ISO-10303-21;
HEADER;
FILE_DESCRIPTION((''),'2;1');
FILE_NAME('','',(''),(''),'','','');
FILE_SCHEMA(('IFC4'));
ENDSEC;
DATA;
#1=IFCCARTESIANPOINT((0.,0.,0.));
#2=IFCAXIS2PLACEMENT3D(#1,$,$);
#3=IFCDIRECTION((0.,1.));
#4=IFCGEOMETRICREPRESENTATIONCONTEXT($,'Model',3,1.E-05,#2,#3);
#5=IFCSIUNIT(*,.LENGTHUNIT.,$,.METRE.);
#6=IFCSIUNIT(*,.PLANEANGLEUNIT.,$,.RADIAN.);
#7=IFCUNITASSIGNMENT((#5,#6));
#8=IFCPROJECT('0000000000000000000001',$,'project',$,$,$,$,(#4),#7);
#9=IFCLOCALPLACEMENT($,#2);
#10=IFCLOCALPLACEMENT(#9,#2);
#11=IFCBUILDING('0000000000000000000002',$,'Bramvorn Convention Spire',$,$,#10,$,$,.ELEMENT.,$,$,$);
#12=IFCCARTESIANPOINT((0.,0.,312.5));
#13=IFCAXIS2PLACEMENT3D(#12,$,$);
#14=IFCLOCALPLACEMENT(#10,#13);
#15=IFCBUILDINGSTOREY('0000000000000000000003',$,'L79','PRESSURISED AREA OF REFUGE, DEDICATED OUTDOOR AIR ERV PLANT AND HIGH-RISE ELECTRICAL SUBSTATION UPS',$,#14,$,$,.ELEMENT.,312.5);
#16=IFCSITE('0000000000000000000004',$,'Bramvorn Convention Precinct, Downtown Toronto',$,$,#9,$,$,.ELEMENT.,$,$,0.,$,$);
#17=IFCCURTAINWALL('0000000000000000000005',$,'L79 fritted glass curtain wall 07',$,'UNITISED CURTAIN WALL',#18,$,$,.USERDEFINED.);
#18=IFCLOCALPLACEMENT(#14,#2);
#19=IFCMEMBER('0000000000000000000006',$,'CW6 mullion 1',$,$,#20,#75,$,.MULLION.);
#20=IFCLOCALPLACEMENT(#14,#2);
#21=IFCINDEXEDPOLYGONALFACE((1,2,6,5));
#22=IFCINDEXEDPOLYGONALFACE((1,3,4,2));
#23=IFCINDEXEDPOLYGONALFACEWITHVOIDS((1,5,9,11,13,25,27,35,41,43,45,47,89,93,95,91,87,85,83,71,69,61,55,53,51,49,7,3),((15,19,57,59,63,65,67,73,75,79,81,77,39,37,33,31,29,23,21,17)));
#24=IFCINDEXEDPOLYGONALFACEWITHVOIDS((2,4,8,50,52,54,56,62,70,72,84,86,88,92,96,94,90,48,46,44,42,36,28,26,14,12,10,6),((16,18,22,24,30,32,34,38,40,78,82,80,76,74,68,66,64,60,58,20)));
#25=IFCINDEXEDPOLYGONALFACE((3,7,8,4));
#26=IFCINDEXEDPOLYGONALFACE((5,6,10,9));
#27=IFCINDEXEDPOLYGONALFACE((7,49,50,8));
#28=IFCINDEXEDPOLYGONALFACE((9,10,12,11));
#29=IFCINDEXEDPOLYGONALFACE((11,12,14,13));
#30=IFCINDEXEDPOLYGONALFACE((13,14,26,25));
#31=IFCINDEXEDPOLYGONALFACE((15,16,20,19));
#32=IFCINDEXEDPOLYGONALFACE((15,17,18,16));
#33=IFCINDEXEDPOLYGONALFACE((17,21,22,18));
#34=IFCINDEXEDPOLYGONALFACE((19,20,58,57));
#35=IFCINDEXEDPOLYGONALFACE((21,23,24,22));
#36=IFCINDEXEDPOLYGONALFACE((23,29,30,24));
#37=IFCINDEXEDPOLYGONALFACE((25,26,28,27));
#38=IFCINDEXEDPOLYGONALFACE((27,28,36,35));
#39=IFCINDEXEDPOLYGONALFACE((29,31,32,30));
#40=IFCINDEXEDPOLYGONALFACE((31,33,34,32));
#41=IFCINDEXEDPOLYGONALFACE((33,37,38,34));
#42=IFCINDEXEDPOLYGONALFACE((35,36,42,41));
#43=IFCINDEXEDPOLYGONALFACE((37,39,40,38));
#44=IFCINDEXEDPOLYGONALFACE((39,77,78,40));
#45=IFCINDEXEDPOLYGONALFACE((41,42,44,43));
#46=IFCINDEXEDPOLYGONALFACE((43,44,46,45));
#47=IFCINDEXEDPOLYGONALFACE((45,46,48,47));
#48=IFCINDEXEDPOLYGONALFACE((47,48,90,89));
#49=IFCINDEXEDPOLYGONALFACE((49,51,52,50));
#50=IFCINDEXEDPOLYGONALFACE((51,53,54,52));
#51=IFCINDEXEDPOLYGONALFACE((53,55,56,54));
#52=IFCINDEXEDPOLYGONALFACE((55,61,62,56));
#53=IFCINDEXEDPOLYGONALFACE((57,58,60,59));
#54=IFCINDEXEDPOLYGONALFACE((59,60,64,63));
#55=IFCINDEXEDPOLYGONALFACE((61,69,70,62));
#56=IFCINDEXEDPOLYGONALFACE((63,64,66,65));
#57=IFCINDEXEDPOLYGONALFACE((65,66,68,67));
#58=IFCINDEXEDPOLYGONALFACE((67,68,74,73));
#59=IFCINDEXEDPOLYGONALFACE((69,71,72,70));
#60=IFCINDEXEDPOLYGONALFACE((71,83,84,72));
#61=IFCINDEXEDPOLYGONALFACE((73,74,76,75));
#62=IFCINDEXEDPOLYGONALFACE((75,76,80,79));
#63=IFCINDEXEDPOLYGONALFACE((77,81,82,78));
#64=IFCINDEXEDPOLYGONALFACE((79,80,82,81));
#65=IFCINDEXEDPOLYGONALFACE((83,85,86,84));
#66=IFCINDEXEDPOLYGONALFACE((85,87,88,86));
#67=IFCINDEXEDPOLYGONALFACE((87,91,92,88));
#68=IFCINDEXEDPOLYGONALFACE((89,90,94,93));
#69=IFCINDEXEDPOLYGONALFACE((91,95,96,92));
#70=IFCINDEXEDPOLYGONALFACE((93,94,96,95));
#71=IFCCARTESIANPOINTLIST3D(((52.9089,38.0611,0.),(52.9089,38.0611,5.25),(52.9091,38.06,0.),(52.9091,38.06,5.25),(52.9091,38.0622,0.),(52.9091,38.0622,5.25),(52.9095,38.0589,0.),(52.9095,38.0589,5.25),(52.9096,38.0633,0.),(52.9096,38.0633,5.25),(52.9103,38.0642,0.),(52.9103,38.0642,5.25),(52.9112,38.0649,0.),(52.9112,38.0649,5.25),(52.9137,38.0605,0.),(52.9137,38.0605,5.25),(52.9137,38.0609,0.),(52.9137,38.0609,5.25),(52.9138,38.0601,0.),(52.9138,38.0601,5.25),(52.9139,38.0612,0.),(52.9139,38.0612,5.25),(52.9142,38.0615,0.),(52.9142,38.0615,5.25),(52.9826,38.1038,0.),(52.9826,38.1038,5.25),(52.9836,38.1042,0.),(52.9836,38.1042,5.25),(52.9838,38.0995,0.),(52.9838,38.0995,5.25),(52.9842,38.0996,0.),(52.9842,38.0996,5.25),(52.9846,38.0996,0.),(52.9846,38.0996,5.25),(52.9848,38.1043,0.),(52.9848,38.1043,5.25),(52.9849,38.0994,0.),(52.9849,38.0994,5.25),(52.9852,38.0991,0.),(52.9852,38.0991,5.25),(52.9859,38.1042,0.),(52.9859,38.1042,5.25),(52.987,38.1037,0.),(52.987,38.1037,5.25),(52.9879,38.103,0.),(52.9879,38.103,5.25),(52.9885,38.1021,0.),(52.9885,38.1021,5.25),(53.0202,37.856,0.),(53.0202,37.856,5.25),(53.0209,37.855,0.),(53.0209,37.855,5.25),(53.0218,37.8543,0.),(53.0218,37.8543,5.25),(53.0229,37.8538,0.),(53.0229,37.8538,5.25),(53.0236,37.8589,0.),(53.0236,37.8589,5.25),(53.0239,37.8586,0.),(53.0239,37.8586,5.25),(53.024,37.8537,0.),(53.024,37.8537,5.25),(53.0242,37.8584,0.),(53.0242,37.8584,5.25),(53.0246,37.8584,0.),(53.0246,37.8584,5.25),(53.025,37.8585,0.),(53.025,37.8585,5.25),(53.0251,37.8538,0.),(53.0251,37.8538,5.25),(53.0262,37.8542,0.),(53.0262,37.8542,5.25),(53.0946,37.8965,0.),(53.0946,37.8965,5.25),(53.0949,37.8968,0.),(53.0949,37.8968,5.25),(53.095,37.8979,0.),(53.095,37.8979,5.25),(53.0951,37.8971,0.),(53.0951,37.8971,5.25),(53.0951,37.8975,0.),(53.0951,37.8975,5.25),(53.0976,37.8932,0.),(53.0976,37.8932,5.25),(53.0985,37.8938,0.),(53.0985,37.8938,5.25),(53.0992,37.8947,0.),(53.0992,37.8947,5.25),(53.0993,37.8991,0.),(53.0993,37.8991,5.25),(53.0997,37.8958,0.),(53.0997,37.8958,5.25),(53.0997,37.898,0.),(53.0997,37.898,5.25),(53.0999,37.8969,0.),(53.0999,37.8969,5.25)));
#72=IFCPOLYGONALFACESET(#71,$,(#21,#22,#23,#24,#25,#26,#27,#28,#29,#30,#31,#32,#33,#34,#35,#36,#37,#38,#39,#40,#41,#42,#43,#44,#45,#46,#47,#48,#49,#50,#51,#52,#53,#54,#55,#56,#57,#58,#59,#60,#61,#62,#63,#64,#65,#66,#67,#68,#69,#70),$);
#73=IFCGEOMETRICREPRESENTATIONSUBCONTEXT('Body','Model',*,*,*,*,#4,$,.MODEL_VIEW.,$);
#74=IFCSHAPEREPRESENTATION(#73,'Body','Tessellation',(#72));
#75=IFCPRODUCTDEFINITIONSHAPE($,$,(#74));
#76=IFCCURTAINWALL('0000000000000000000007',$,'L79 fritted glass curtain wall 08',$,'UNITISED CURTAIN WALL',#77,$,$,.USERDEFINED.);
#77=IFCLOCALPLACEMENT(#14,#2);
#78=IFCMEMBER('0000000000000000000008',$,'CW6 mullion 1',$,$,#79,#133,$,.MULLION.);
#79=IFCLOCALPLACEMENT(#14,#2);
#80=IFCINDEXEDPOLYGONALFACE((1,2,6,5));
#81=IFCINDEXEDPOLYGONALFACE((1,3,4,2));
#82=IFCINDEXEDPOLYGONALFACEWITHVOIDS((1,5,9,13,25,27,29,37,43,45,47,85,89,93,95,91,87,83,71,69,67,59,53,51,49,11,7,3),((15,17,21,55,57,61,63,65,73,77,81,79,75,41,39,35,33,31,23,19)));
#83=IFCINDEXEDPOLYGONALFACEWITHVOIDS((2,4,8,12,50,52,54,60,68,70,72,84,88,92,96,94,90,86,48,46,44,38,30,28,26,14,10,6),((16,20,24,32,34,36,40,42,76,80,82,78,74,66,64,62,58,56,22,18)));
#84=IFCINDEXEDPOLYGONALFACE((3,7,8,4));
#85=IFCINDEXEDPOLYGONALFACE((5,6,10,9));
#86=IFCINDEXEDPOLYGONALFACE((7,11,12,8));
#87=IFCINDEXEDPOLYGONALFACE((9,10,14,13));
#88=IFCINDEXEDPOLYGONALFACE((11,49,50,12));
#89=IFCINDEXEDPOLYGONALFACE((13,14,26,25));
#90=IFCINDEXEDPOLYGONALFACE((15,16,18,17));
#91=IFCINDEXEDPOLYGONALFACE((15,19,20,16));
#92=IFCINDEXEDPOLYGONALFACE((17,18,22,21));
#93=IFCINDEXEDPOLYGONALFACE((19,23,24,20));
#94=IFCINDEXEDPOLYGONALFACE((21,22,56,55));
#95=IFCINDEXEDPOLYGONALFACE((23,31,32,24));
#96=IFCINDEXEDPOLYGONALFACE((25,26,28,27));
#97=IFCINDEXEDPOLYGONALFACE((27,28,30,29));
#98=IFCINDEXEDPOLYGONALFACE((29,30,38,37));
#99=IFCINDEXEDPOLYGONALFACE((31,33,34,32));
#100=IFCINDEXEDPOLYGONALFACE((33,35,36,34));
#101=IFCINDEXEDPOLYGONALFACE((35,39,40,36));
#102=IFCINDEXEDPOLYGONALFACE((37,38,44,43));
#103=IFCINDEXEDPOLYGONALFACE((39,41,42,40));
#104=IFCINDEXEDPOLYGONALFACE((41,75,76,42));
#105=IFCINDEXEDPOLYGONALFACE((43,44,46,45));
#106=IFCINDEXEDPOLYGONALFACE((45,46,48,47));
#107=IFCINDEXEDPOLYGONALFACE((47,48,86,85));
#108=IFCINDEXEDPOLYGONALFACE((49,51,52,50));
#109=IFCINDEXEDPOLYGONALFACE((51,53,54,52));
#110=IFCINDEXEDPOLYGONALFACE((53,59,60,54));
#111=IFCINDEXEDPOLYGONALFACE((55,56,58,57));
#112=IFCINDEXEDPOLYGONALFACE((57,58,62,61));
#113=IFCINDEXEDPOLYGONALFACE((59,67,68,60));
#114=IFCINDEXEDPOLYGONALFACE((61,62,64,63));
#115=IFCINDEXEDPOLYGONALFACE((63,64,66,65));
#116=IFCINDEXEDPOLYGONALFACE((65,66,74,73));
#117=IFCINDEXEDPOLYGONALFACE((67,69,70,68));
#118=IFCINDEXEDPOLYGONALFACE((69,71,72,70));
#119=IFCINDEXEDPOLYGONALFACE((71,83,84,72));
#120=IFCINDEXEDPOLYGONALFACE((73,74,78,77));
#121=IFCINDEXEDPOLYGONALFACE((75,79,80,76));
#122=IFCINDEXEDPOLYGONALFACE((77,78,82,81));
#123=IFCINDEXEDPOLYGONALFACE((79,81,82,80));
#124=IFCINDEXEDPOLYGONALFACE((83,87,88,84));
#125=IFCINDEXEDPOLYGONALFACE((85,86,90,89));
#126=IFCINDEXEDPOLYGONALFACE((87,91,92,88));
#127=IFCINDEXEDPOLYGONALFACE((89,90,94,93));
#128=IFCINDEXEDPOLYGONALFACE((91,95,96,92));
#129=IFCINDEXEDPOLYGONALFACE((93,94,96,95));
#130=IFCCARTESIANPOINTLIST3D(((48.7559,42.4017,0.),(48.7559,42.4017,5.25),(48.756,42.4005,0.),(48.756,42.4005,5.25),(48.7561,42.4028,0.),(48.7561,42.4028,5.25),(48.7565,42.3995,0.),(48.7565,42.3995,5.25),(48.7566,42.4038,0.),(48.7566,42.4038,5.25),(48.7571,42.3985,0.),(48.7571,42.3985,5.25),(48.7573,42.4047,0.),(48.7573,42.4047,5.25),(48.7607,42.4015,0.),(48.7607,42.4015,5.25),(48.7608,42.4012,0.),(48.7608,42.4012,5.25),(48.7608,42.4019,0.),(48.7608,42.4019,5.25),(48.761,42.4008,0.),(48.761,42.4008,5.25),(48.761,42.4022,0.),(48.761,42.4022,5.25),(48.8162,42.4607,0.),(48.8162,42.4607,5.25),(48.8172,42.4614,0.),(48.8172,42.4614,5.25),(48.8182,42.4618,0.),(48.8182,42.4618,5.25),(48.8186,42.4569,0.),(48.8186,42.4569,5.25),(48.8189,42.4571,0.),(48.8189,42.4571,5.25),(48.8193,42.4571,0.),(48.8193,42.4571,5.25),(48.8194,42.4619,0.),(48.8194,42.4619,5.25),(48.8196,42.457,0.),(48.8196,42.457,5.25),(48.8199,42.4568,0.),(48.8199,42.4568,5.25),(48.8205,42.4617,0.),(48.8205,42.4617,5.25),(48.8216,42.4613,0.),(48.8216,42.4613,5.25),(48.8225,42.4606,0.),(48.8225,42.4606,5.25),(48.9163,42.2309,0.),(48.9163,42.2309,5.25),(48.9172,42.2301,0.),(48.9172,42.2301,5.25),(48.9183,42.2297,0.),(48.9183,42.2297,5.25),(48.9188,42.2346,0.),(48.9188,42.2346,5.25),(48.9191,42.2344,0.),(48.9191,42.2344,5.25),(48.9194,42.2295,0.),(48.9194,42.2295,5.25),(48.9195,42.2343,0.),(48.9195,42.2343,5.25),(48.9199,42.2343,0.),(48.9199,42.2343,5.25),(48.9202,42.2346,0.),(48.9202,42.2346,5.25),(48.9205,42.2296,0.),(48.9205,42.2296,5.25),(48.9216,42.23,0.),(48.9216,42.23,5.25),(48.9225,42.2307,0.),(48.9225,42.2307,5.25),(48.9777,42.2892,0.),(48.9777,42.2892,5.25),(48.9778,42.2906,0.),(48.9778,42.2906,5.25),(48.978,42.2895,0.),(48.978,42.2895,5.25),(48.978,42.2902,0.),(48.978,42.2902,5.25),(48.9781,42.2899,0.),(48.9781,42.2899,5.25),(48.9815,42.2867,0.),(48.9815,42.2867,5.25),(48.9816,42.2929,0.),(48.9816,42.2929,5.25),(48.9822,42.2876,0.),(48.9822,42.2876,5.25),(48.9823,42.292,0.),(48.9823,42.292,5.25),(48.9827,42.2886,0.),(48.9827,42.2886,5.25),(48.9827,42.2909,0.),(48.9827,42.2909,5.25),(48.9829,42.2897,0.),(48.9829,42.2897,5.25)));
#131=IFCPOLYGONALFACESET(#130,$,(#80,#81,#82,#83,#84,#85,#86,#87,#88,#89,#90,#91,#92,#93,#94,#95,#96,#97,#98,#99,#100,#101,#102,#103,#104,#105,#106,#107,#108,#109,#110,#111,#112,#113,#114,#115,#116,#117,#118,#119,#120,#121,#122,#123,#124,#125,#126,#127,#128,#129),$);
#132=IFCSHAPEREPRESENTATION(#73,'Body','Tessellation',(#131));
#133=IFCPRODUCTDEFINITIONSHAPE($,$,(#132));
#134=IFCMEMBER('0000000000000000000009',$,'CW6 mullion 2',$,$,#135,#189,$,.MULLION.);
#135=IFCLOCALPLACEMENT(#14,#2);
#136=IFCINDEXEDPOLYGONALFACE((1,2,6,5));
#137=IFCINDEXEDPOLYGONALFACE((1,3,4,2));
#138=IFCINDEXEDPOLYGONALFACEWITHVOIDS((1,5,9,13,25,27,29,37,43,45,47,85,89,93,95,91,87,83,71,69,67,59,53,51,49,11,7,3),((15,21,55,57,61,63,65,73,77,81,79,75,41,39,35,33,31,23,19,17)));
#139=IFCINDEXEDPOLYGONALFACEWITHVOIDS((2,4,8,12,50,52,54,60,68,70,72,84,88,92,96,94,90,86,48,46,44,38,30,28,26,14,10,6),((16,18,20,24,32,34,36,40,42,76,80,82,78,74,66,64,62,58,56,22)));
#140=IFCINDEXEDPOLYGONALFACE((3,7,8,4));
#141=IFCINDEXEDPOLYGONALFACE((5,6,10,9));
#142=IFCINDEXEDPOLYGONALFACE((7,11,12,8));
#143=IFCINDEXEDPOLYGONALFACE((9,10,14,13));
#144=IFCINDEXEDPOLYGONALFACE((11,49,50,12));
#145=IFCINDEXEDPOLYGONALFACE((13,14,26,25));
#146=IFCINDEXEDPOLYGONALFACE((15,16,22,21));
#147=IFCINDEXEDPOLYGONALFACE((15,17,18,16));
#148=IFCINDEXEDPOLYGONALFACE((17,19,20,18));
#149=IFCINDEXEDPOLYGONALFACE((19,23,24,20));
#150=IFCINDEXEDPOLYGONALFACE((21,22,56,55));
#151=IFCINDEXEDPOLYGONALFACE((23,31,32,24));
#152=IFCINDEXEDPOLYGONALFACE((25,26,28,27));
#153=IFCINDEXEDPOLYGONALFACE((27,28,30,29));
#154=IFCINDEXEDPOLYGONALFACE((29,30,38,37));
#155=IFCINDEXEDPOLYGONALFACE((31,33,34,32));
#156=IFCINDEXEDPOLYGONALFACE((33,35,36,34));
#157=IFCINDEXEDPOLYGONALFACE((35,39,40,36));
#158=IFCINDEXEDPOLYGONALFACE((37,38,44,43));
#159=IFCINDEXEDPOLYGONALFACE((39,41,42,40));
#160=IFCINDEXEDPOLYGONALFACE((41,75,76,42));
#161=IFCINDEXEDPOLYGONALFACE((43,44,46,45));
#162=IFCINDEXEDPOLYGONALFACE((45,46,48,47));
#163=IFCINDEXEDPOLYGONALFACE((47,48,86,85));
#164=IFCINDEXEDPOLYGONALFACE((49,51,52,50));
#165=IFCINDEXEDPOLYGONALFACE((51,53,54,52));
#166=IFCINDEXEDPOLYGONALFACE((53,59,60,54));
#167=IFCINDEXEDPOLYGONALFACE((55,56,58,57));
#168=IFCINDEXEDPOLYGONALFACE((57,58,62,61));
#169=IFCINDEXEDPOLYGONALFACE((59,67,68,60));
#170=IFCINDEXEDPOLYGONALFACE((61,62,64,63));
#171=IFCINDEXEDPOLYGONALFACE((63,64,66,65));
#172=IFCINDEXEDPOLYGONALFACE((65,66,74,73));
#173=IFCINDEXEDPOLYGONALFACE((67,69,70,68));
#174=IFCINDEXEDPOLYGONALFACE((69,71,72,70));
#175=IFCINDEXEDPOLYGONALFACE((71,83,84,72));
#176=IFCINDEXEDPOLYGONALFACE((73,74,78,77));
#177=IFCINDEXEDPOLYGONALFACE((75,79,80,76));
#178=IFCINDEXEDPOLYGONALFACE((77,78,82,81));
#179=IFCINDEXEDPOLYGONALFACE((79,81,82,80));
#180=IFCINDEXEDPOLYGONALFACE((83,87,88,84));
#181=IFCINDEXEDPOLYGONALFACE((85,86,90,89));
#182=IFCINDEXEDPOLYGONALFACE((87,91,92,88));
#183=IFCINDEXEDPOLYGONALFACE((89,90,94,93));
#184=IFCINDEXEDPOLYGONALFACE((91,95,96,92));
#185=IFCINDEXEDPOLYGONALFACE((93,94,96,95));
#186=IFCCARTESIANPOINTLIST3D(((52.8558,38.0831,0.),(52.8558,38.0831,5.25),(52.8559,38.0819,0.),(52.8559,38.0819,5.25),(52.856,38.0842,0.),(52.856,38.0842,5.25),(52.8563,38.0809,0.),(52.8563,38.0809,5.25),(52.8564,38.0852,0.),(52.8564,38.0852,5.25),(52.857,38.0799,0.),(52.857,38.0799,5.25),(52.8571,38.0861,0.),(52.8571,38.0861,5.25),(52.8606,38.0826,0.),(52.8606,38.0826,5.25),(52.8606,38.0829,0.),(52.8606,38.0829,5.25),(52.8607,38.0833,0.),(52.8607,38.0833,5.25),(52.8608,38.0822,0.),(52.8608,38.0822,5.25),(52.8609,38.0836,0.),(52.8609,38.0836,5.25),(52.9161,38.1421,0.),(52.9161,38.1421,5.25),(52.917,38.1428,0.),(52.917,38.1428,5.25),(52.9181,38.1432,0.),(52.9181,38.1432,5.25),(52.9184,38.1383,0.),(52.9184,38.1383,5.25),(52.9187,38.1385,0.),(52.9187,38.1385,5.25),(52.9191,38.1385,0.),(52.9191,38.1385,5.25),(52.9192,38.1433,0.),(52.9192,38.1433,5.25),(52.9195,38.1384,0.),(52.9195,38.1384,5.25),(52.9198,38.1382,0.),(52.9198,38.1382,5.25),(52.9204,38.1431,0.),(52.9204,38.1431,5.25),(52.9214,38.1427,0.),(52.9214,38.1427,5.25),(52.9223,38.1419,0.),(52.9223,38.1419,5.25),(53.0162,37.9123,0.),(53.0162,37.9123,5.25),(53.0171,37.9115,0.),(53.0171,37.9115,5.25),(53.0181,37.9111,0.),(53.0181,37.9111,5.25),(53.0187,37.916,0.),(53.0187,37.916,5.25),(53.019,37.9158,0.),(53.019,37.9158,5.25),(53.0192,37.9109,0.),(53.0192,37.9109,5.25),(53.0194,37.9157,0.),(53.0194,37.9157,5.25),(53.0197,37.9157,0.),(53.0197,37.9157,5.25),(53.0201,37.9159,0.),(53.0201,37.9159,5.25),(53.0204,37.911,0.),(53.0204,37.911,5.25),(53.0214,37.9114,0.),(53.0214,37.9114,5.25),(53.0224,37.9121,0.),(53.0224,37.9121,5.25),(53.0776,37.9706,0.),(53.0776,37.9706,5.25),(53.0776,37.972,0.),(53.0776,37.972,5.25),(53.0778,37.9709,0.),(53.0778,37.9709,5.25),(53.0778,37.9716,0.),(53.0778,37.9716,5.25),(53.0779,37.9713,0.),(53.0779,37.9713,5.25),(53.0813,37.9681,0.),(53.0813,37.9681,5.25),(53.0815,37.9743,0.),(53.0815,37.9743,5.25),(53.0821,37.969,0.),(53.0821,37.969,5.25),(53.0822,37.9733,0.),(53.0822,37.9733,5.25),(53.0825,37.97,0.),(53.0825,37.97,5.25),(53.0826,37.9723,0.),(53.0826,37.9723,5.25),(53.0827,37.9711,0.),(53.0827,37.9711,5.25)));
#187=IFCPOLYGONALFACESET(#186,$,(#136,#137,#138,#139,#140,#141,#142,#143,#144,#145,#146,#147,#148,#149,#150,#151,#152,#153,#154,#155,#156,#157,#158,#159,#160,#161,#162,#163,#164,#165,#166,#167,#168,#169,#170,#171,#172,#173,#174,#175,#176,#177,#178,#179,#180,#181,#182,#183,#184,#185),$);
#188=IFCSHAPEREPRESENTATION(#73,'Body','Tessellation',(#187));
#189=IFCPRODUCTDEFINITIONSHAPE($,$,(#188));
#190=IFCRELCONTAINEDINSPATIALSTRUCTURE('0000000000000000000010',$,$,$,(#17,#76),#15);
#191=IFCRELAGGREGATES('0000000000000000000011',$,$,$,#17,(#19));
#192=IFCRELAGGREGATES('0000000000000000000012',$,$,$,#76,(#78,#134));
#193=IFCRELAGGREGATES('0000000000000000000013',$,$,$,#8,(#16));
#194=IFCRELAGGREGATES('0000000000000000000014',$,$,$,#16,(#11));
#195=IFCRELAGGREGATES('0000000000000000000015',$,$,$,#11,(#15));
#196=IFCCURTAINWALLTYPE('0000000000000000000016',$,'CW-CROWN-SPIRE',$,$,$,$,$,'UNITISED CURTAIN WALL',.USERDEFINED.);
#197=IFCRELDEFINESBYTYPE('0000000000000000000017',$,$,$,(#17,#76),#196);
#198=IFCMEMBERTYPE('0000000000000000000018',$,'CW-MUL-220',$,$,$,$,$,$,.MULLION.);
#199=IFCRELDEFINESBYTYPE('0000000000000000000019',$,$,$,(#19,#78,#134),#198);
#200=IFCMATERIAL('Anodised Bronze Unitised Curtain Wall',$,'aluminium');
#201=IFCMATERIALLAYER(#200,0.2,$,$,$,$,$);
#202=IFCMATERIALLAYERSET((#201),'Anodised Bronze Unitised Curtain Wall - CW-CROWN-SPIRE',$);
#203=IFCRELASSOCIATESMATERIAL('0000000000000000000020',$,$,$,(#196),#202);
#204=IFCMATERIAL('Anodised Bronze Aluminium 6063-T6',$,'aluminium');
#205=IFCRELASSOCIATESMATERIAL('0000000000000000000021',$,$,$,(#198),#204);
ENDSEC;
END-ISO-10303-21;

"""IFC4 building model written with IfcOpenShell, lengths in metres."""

from ifc_helpers import new_model, si_unit, direction, frame, origin, origin_2d, place, context, subcontext, project, spatial, hollow_rectangle, extrude, material, layer, layer_set, material_profile, profile_set, type_object, element, aggregate, save


model = new_model("IFC4")

# Units and contexts
model_context = context("Model", 3, precision=1e-05, world=origin(), true_north=direction((0.0, 1.0)))
body_context = subcontext(model_context, "Body", "Model", "MODEL_VIEW")
ifc_project = project(units=[si_unit("LENGTHUNIT", "METRE"), si_unit("PLANEANGLEUNIT", "RADIAN")], contexts=[model_context])

# Site, building, storey
site_placement = place(None, origin())
site = spatial("IfcSite", under=ifc_project, at=site_placement, Name="Bramvorn Convention Precinct, Downtown Toronto", CompositionType="ELEMENT", RefElevation=0.0)
building_placement = place(site_placement, origin())
building = spatial("IfcBuilding", under=site, at=building_placement, Name="Bramvorn Convention Spire", CompositionType="ELEMENT")
storey_placement = place(building_placement, frame((0.0, 0.0, 312.5)))
storey = spatial("IfcBuildingStorey", under=building, at=storey_placement, Name="L79", Description="PRESSURISED AREA OF REFUGE, DEDICATED OUTDOOR AIR ERV PLANT AND HIGH-RISE ELECTRICAL SUBSTATION UPS", CompositionType="ELEMENT", Elevation=312.5)

# Curtain wall, member
ifc_material_1 = material(Name="Anodised Bronze Unitised Curtain Wall", Category="aluminium")
ifc_layer_1 = layer(ifc_material_1, 0.2)
ifc_layer_set_1 = layer_set([ifc_layer_1], Name="Anodised Bronze Unitised Curtain Wall - CW-CROWN-SPIRE")
curtain_wall_type = type_object("IfcCurtainWallType", Name="CW-CROWN-SPIRE", ElementType="UNITISED CURTAIN WALL", PredefinedType="USERDEFINED", material=ifc_layer_set_1)
curtain_wall_1_placement = place(storey_placement, origin())
curtain_wall_1 = element("IfcCurtainWall", 1, at=curtain_wall_1_placement, inside=storey, type_object=curtain_wall_type, Name="L79 fritted glass curtain wall 07", ObjectType="UNITISED CURTAIN WALL", PredefinedType="USERDEFINED")
ifc_material_2 = material(Name="Anodised Bronze Aluminium 6063-T6", Category="aluminium")
ifc_material_profile_1 = material_profile(ifc_material_2, hollow_rectangle(XDim=0.0901, YDim=0.24, WallThickness=0.0044, InnerFilletRadius=0.001, OuterFilletRadius=0.0044, at=origin_2d()))
ifc_profile_set_1 = profile_set([ifc_material_profile_1], Name="Anodised Bronze Aluminium 6063-T6 - CWM90X240")
member_type_1 = type_object("IfcMemberType", Name="CW-MUL-220", PredefinedType="MULLION", material=ifc_profile_set_1)
member_1_placement = place(storey_placement, frame((53.0044, 37.979, 0.0), z_axis=(0.0, 0.0, 1.0), x_axis=(0.877739, 0.479139, 0.0)))
member_1 = element("IfcMember", 2, at=member_1_placement, type_object=member_type_1, Name="CW6 mullion 1", PredefinedType="MULLION", context=body_context, shape_type="SweptSolid", body=[
    extrude(hollow_rectangle(XDim=0.0901, YDim=0.24, WallThickness=0.0044, InnerFilletRadius=0.001, OuterFilletRadius=0.0044, at=origin_2d()), origin(), (0.0, 0.0, 1.0), 5.25),
])

# Curtain wall, members
curtain_wall_2_placement = place(storey_placement, origin())
curtain_wall_2 = element("IfcCurtainWall", 3, at=curtain_wall_2_placement, inside=storey, type_object=curtain_wall_type, Name="L79 fritted glass curtain wall 08", ObjectType="UNITISED CURTAIN WALL", PredefinedType="USERDEFINED")
member_2_placement = place(storey_placement, frame((48.8694, 42.3457, 0.0), z_axis=(0.0, 0.0, 1.0), x_axis=(0.725223, 0.688514, 0.0)))
member_2 = element("IfcMember", 4, at=member_2_placement, type_object=member_type_1, Name="CW6 mullion 1", PredefinedType="MULLION", context=body_context, shape_type="SweptSolid", body=[
    extrude(hollow_rectangle(XDim=0.0901, YDim=0.24, WallThickness=0.0044, InnerFilletRadius=0.001, OuterFilletRadius=0.0044, at=origin_2d()), origin(), (0.0, 0.0, 1.0), 5.25),
])
member_3_placement = place(storey_placement, frame((52.9692, 38.0271, 0.0), z_axis=(0.0, 0.0, 1.0), x_axis=(0.725223, 0.688514, 0.0)))
member_3 = element("IfcMember", 5, at=member_3_placement, type_object=member_type_1, Name="CW6 mullion 2", PredefinedType="MULLION", context=body_context, shape_type="SweptSolid", body=[
    extrude(hollow_rectangle(XDim=0.0901, YDim=0.24, WallThickness=0.0044, InnerFilletRadius=0.001, OuterFilletRadius=0.0044, at=origin_2d()), origin(), (0.0, 0.0, 1.0), 5.25),
])

aggregate(curtain_wall_1, [member_1])
aggregate(curtain_wall_2, [member_2, member_3])

save(model, "model.ifc")
